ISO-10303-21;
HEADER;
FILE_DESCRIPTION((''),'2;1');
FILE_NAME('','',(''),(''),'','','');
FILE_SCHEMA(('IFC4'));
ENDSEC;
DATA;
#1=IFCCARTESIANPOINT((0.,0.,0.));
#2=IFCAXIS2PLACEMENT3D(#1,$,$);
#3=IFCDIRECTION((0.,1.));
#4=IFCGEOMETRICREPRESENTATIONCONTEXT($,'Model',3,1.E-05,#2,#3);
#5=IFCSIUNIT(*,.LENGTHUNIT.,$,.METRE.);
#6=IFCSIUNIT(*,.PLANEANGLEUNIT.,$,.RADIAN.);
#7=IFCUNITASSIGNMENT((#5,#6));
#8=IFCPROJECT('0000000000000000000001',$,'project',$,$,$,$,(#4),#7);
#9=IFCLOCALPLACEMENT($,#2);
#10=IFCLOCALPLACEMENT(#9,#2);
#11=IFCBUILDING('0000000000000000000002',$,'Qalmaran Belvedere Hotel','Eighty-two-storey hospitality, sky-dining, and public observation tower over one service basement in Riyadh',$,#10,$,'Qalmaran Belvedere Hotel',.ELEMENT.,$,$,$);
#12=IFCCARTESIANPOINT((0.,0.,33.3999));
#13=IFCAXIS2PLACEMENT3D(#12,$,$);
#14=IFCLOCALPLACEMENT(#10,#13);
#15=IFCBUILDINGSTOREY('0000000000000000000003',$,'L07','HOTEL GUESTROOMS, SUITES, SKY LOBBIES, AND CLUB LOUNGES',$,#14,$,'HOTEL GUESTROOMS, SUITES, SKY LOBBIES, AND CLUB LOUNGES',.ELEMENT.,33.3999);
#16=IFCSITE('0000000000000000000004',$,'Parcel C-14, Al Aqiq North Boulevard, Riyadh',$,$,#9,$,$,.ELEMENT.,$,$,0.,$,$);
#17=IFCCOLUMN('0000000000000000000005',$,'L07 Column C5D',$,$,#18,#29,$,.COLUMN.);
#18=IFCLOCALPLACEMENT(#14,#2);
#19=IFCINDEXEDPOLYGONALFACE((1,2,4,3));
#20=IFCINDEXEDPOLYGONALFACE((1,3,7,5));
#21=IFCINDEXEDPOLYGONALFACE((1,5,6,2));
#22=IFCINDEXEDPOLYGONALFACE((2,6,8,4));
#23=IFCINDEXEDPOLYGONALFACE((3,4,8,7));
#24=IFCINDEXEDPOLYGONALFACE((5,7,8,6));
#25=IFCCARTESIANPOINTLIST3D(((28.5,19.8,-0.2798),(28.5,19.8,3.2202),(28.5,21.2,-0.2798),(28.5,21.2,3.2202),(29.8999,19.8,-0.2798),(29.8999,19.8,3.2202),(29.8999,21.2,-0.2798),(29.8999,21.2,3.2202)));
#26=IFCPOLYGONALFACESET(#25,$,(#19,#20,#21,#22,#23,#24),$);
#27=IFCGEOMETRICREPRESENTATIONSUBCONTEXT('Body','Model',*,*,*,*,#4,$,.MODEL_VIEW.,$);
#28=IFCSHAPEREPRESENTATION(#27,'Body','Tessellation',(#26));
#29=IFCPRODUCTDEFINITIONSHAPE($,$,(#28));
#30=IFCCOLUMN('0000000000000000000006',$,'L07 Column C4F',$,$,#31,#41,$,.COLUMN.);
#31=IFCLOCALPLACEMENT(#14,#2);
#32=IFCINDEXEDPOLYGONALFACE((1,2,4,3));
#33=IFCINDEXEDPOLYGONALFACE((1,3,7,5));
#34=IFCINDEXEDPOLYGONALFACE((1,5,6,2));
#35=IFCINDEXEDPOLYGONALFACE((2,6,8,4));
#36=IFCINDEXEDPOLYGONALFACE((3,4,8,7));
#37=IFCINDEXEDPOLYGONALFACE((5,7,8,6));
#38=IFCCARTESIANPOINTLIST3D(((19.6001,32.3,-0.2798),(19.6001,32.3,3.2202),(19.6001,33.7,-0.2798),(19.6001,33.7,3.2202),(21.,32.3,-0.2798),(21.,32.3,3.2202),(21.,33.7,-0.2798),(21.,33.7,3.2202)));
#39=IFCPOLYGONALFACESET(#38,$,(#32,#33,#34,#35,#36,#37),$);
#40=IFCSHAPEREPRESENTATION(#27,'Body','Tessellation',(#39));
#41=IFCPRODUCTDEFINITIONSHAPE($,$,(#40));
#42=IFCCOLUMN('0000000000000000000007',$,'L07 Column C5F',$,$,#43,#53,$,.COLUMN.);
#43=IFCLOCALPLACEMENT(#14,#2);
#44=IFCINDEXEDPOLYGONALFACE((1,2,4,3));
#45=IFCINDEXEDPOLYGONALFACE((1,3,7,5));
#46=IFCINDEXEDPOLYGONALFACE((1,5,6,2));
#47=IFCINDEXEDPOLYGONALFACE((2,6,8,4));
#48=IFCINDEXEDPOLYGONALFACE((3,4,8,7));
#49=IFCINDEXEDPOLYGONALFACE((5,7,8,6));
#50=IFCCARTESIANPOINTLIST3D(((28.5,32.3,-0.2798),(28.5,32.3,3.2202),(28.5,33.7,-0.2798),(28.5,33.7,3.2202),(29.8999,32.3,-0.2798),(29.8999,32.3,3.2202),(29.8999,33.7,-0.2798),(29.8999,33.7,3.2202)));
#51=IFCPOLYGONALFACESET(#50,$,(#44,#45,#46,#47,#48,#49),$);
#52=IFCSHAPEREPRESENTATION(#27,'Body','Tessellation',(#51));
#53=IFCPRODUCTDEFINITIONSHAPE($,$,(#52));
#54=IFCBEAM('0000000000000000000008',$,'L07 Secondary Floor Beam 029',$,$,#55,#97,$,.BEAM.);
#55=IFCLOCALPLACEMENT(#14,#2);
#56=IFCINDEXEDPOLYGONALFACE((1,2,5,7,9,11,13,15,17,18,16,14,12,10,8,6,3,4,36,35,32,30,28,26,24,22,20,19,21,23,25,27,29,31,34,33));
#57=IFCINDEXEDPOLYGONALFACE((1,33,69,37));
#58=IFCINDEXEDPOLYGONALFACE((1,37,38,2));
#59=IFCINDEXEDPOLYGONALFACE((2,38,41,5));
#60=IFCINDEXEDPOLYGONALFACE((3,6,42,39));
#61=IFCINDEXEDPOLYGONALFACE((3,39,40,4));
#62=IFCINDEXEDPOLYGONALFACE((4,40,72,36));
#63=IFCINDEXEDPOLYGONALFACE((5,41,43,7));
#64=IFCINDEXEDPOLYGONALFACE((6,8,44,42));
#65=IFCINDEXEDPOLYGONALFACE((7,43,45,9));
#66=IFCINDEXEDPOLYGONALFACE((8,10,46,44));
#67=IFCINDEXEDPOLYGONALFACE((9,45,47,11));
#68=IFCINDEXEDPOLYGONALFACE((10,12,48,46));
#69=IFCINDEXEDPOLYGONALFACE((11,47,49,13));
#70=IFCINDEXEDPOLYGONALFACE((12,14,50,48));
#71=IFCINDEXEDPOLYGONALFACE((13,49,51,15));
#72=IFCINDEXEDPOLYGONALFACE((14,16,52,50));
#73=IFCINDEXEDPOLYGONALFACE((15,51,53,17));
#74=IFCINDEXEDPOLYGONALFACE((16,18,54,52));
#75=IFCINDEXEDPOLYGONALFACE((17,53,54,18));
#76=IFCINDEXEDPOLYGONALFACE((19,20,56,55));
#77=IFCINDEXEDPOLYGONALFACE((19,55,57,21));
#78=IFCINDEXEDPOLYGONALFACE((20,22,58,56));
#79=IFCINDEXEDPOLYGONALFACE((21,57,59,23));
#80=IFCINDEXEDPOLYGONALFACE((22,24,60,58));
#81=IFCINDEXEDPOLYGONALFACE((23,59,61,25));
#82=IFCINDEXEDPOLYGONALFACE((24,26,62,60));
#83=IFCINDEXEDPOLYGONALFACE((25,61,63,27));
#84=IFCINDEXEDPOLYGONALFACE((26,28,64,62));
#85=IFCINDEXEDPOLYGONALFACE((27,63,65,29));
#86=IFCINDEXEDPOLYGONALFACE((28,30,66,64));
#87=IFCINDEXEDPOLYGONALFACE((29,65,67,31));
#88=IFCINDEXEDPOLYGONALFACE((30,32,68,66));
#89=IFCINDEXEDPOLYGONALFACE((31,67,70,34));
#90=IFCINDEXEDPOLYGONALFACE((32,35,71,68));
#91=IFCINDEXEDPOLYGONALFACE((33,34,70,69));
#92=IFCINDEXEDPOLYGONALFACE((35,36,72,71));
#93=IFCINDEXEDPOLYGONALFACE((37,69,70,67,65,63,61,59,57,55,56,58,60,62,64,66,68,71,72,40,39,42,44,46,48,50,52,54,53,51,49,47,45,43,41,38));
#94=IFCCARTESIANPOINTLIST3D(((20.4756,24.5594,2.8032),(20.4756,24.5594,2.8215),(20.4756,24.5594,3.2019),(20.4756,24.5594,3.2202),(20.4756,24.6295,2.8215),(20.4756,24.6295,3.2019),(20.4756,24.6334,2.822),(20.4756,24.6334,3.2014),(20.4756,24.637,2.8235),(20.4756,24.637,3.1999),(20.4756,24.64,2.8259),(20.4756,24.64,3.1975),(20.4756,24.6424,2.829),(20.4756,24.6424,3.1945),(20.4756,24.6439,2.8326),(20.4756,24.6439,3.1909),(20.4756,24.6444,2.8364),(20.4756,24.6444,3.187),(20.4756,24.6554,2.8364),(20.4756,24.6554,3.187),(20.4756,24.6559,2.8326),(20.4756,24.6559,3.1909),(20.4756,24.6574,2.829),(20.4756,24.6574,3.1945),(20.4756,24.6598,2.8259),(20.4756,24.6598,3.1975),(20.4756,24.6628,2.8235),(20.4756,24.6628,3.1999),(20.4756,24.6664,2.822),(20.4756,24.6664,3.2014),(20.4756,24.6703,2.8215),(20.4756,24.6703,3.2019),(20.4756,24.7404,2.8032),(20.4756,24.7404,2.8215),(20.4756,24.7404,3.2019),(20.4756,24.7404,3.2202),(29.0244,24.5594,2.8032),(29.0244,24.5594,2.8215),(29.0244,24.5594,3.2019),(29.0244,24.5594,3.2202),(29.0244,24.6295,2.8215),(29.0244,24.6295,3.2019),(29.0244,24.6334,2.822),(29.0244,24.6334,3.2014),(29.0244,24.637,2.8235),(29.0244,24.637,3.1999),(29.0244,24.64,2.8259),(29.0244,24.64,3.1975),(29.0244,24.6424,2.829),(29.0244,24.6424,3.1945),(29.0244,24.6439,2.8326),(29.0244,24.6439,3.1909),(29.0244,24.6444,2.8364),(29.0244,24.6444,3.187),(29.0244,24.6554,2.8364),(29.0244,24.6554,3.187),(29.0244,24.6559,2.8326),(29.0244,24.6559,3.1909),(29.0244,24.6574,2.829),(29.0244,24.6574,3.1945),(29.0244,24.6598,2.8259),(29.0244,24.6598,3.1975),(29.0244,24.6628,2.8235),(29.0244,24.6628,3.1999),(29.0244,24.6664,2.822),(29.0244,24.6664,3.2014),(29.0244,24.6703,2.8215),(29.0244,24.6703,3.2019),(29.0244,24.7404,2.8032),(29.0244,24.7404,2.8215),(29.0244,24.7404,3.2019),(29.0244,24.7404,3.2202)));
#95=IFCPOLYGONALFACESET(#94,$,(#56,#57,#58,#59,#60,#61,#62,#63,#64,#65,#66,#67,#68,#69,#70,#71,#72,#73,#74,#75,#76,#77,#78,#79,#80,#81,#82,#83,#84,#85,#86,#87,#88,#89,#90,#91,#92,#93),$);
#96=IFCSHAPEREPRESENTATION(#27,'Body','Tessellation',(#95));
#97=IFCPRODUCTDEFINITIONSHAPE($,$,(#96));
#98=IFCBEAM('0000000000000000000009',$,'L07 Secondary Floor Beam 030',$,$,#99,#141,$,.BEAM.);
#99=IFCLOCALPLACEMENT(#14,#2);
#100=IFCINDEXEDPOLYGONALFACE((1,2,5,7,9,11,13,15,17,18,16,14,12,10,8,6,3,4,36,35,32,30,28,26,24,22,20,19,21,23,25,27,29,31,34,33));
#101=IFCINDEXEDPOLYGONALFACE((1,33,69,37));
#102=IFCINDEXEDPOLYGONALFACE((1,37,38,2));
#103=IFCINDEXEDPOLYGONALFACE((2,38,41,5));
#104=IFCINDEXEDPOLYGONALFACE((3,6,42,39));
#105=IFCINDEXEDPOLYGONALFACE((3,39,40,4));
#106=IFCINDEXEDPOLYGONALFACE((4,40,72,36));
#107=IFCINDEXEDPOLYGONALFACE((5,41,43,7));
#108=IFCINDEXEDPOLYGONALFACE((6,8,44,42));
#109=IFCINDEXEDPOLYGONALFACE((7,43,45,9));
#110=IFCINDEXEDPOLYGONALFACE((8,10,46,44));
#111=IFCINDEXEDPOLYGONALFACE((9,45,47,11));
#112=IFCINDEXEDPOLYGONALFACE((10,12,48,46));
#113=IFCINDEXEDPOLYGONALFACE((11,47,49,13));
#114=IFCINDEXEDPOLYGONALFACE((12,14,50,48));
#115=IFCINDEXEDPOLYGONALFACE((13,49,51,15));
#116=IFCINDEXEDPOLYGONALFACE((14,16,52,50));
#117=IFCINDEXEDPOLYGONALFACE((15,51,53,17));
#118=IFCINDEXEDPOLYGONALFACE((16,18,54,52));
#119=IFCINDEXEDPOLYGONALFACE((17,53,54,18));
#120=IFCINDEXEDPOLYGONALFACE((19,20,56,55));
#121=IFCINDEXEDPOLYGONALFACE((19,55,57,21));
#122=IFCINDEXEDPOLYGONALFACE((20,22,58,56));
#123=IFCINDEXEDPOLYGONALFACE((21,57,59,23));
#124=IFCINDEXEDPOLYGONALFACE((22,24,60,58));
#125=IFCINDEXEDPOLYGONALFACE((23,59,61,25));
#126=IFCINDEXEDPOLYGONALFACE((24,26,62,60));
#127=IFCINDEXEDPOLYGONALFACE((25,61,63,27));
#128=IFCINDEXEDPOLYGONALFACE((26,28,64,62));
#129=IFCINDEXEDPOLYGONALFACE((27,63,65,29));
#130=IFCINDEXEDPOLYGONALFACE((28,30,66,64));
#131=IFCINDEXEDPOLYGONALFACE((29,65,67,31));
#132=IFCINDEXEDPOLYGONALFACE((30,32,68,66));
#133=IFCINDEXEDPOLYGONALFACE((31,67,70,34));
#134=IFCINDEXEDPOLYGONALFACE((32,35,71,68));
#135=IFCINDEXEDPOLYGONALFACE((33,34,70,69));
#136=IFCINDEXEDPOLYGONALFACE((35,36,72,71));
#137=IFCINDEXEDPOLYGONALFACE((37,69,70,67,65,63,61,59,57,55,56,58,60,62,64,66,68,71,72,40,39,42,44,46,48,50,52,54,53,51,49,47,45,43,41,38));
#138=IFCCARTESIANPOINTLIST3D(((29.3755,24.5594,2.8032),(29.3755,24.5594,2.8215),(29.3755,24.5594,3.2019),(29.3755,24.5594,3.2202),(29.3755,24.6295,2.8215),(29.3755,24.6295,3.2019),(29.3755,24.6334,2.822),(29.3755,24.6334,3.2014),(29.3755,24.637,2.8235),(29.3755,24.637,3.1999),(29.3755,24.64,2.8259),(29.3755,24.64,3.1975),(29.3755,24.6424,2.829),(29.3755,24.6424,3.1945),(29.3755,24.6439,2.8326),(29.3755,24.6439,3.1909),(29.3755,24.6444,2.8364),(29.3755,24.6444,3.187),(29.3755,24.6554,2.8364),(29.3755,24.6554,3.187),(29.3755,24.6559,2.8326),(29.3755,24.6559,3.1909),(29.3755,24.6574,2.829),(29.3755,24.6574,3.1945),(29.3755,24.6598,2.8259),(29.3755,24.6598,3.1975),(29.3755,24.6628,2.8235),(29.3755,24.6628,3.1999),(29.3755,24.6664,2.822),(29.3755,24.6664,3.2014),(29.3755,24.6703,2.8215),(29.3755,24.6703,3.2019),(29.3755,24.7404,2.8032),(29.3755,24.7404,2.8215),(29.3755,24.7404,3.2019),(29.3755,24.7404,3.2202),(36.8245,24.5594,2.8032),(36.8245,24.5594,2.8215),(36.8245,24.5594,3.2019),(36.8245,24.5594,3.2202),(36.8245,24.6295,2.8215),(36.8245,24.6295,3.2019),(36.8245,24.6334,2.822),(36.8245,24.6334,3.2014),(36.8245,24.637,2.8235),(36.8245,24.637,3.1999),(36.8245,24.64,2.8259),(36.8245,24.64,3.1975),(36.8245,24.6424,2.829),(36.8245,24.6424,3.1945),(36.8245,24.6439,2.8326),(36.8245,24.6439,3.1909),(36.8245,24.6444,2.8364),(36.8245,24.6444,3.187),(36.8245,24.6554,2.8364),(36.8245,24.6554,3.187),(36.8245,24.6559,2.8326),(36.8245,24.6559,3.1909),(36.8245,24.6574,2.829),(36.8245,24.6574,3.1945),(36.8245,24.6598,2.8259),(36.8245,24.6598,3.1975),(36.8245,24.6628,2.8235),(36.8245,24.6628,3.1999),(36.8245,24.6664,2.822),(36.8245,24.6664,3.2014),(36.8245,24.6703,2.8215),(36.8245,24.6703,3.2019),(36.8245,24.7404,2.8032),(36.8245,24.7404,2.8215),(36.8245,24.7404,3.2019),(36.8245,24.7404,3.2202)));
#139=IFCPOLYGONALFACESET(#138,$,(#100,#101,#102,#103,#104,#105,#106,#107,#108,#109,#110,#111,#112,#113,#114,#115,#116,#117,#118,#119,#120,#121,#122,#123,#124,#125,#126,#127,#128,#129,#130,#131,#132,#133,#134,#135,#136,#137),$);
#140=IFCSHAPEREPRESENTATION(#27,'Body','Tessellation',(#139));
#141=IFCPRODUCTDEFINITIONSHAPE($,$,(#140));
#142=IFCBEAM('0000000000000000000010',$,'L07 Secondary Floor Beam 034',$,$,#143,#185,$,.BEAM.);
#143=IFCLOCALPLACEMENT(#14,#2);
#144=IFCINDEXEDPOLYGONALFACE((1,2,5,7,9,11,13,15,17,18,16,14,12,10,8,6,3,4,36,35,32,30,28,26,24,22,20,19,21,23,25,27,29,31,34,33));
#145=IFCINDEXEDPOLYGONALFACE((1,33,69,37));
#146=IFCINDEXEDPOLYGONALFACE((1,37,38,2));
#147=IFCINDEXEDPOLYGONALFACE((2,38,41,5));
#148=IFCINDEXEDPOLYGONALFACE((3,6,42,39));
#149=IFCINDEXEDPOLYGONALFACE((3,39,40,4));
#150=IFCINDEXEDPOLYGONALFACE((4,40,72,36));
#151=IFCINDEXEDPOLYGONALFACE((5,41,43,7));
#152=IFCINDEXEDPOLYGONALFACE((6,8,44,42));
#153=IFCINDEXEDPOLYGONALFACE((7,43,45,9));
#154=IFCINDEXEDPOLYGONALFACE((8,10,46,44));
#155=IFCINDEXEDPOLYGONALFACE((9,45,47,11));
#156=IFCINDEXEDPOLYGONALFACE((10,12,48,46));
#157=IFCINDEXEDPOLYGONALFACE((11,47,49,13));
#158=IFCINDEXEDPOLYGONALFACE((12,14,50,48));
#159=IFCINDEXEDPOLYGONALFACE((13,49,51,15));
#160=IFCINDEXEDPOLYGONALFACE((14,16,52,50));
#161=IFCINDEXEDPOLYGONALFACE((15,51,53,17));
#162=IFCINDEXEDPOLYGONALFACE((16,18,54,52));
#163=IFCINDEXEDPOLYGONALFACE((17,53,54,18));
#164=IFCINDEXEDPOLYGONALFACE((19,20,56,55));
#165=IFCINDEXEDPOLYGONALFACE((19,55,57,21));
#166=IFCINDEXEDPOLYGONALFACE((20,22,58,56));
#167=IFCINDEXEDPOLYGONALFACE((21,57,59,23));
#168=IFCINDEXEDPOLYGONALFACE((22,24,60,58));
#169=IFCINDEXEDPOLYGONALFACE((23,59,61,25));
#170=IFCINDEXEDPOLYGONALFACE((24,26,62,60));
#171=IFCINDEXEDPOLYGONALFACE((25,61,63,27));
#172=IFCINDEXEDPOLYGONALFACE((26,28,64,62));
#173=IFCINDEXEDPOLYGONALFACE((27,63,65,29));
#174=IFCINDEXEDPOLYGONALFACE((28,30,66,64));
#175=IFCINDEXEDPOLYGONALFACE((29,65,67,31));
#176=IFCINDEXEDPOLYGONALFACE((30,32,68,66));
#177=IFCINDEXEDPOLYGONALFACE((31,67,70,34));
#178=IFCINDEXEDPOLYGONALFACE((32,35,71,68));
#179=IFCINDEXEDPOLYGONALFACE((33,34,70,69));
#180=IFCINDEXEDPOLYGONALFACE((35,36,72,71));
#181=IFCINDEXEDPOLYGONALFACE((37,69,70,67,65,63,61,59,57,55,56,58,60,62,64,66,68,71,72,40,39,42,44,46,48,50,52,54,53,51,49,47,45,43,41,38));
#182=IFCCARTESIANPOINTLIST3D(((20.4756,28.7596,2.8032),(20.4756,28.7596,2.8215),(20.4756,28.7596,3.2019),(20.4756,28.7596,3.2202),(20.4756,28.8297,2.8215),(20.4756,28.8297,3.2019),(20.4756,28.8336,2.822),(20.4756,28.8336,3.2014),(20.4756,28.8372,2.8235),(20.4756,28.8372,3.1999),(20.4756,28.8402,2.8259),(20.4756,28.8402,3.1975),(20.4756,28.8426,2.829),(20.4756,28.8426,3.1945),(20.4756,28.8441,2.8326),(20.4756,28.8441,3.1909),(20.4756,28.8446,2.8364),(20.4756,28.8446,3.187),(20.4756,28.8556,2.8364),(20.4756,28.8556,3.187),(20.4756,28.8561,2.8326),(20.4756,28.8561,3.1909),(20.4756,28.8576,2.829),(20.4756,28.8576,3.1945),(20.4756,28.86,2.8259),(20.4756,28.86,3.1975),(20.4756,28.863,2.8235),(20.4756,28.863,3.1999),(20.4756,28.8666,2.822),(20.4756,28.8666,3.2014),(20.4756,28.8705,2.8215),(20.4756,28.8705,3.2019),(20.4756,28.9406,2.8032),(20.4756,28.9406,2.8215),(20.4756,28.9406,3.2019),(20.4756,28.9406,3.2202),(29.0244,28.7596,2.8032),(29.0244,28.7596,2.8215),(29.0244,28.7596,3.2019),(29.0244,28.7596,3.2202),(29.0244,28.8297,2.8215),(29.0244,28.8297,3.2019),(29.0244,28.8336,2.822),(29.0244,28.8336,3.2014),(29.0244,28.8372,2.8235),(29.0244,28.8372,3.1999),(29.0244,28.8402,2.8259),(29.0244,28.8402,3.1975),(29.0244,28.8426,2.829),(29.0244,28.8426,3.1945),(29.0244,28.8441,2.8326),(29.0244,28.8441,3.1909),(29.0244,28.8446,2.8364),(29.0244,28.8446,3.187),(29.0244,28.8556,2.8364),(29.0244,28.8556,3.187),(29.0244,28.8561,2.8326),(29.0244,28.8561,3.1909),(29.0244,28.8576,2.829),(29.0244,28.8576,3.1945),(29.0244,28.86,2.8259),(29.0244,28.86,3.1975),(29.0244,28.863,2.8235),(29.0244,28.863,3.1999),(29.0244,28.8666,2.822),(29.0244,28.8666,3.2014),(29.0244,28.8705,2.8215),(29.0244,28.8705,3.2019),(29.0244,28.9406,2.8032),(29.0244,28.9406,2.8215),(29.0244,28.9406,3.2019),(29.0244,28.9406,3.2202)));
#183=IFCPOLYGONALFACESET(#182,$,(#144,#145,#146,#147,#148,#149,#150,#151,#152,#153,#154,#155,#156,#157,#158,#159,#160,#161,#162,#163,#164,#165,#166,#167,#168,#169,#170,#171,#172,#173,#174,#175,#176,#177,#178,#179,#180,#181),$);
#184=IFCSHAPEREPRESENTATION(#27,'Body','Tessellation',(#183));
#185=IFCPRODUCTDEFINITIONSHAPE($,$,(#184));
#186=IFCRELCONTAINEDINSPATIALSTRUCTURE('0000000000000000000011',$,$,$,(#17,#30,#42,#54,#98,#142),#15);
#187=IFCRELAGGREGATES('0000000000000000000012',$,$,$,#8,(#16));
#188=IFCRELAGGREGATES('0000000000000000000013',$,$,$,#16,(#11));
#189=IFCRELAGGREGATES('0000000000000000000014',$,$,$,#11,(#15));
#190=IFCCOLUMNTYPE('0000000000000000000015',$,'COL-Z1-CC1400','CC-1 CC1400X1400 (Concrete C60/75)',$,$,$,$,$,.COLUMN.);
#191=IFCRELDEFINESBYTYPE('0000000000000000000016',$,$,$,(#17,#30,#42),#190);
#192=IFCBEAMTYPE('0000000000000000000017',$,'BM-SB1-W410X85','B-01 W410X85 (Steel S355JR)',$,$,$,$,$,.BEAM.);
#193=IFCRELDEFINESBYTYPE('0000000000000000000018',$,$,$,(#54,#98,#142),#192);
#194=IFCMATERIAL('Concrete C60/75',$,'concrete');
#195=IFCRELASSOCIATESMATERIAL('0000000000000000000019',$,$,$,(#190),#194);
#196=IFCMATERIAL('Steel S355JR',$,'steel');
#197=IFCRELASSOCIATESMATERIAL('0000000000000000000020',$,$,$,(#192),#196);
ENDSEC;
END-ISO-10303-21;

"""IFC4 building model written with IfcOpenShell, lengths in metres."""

from ifc_helpers import new_model, si_unit, direction, frame, origin, origin_2d, place, context, subcontext, project, spatial, rectangle, i_section, extrude, material, material_profile, profile_set, type_object, element, save


model = new_model("IFC4")

# Units and contexts
model_context = context("Model", 3, precision=1e-05, world=origin(), true_north=direction((0.0, 1.0)))
body_context = subcontext(model_context, "Body", "Model", "MODEL_VIEW")
ifc_project = project(units=[si_unit("LENGTHUNIT", "METRE"), si_unit("PLANEANGLEUNIT", "RADIAN")], contexts=[model_context])

# Site, building, storey
site_placement = place(None, origin())
site = spatial("IfcSite", under=ifc_project, at=site_placement, Name="Parcel C-14, Al Aqiq North Boulevard, Riyadh", CompositionType="ELEMENT", RefElevation=0.0)
building_placement = place(site_placement, origin())
building = spatial("IfcBuilding", under=site, at=building_placement, Name="Qalmaran Belvedere Hotel", Description="Eighty-two-storey hospitality, sky-dining, and public observation tower over one service basement in Riyadh", LongName="Qalmaran Belvedere Hotel", CompositionType="ELEMENT")
storey_placement = place(building_placement, frame((0.0, 0.0, 33.3999)))
storey = spatial("IfcBuildingStorey", under=building, at=storey_placement, Name="L07", Description="HOTEL GUESTROOMS, SUITES, SKY LOBBIES, AND CLUB LOUNGES", LongName="HOTEL GUESTROOMS, SUITES, SKY LOBBIES, AND CLUB LOUNGES", CompositionType="ELEMENT", Elevation=33.3999)

# Columns
ifc_material_1 = material(Name="Concrete C60/75", Category="concrete")
ifc_material_profile_1 = material_profile(ifc_material_1, rectangle(XDim=1.3999, YDim=1.3999, at=origin_2d()), Name="CC1400X1400")
ifc_profile_set_1 = profile_set([ifc_material_profile_1], Name="Concrete C60/75")
column_type = type_object("IfcColumnType", Name="COL-Z1-CC1400", Description="CC-1 CC1400X1400 (Concrete C60/75)", PredefinedType="COLUMN", material=ifc_profile_set_1)
for number, where, z_axis, x_axis, name in (
    (1, (29.2, 20.5, -0.2798), (0.0, 0.0, 1.0), (1.0, 0.0, 0.0), "L07 Column C5D"),
    (2, (20.3, 33.0, -0.2798), (0.0, 0.0, 1.0), (1.0, 0.0, 0.0), "L07 Column C4F"),
    (3, (29.2, 33.0, -0.2798), (0.0, 0.0, 1.0), (1.0, 0.0, 0.0), "L07 Column C5F"),
):
    element("IfcColumn", number, at=place(storey_placement, frame(where, z_axis=z_axis, x_axis=x_axis)), inside=storey, type_object=column_type, Name=name, PredefinedType="COLUMN", context=body_context, shape_type="SweptSolid", body=[
        extrude(rectangle(XDim=1.3999, YDim=1.3999, at=origin_2d()), origin(), (0.0, 0.0, 1.0), 3.5),
    ])

# Beams
ifc_material_2 = material(Name="Steel S355JR", Category="steel")
ifc_material_profile_2 = material_profile(ifc_material_2, i_section(OverallWidth=0.1809, OverallDepth=0.417, WebThickness=0.011, FlangeThickness=0.0183, FilletRadius=0.0149, at=origin_2d()), Name="W410X85")
ifc_profile_set_2 = profile_set([ifc_material_profile_2], Name="Steel S355JR")
beam_type_1 = type_object("IfcBeamType", Name="BM-SB1-W410X85", Description="B-01 W410X85 (Steel S355JR)", PredefinedType="BEAM", material=ifc_profile_set_2)
beam_1_placement = place(storey_placement, frame((20.4756, 24.6499, 3.0117), z_axis=(1.0, 0.0, 0.0), x_axis=(0.0, 1.0, 0.0)))
element("IfcBeam", 4, at=beam_1_placement, inside=storey, type_object=beam_type_1, Name="L07 Secondary Floor Beam 029", PredefinedType="BEAM", context=body_context, shape_type="SweptSolid", body=[
    extrude(i_section(OverallWidth=0.1809, OverallDepth=0.417, WebThickness=0.011, FlangeThickness=0.0183, FilletRadius=0.0149, at=origin_2d()), origin(), (0.0, 0.0, 1.0), 8.5488),
])
beam_2_placement = place(storey_placement, frame((29.3755, 24.6499, 3.0117), z_axis=(1.0, 0.0, 0.0), x_axis=(0.0, 1.0, 0.0)))
element("IfcBeam", 5, at=beam_2_placement, inside=storey, type_object=beam_type_1, Name="L07 Secondary Floor Beam 030", PredefinedType="BEAM", context=body_context, shape_type="SweptSolid", body=[
    extrude(i_section(OverallWidth=0.1809, OverallDepth=0.417, WebThickness=0.011, FlangeThickness=0.0183, FilletRadius=0.0149, at=origin_2d()), origin(), (0.0, 0.0, 1.0), 7.449),
])
beam_3_placement = place(storey_placement, frame((20.4756, 28.8501, 3.0117), z_axis=(1.0, 0.0, 0.0), x_axis=(0.0, 1.0, 0.0)))
element("IfcBeam", 6, at=beam_3_placement, inside=storey, type_object=beam_type_1, Name="L07 Secondary Floor Beam 034", PredefinedType="BEAM", context=body_context, shape_type="SweptSolid", body=[
    extrude(i_section(OverallWidth=0.1809, OverallDepth=0.417, WebThickness=0.011, FlangeThickness=0.0183, FilletRadius=0.0149, at=origin_2d()), origin(), (0.0, 0.0, 1.0), 8.5488),
])

save(model, "model.ifc")
